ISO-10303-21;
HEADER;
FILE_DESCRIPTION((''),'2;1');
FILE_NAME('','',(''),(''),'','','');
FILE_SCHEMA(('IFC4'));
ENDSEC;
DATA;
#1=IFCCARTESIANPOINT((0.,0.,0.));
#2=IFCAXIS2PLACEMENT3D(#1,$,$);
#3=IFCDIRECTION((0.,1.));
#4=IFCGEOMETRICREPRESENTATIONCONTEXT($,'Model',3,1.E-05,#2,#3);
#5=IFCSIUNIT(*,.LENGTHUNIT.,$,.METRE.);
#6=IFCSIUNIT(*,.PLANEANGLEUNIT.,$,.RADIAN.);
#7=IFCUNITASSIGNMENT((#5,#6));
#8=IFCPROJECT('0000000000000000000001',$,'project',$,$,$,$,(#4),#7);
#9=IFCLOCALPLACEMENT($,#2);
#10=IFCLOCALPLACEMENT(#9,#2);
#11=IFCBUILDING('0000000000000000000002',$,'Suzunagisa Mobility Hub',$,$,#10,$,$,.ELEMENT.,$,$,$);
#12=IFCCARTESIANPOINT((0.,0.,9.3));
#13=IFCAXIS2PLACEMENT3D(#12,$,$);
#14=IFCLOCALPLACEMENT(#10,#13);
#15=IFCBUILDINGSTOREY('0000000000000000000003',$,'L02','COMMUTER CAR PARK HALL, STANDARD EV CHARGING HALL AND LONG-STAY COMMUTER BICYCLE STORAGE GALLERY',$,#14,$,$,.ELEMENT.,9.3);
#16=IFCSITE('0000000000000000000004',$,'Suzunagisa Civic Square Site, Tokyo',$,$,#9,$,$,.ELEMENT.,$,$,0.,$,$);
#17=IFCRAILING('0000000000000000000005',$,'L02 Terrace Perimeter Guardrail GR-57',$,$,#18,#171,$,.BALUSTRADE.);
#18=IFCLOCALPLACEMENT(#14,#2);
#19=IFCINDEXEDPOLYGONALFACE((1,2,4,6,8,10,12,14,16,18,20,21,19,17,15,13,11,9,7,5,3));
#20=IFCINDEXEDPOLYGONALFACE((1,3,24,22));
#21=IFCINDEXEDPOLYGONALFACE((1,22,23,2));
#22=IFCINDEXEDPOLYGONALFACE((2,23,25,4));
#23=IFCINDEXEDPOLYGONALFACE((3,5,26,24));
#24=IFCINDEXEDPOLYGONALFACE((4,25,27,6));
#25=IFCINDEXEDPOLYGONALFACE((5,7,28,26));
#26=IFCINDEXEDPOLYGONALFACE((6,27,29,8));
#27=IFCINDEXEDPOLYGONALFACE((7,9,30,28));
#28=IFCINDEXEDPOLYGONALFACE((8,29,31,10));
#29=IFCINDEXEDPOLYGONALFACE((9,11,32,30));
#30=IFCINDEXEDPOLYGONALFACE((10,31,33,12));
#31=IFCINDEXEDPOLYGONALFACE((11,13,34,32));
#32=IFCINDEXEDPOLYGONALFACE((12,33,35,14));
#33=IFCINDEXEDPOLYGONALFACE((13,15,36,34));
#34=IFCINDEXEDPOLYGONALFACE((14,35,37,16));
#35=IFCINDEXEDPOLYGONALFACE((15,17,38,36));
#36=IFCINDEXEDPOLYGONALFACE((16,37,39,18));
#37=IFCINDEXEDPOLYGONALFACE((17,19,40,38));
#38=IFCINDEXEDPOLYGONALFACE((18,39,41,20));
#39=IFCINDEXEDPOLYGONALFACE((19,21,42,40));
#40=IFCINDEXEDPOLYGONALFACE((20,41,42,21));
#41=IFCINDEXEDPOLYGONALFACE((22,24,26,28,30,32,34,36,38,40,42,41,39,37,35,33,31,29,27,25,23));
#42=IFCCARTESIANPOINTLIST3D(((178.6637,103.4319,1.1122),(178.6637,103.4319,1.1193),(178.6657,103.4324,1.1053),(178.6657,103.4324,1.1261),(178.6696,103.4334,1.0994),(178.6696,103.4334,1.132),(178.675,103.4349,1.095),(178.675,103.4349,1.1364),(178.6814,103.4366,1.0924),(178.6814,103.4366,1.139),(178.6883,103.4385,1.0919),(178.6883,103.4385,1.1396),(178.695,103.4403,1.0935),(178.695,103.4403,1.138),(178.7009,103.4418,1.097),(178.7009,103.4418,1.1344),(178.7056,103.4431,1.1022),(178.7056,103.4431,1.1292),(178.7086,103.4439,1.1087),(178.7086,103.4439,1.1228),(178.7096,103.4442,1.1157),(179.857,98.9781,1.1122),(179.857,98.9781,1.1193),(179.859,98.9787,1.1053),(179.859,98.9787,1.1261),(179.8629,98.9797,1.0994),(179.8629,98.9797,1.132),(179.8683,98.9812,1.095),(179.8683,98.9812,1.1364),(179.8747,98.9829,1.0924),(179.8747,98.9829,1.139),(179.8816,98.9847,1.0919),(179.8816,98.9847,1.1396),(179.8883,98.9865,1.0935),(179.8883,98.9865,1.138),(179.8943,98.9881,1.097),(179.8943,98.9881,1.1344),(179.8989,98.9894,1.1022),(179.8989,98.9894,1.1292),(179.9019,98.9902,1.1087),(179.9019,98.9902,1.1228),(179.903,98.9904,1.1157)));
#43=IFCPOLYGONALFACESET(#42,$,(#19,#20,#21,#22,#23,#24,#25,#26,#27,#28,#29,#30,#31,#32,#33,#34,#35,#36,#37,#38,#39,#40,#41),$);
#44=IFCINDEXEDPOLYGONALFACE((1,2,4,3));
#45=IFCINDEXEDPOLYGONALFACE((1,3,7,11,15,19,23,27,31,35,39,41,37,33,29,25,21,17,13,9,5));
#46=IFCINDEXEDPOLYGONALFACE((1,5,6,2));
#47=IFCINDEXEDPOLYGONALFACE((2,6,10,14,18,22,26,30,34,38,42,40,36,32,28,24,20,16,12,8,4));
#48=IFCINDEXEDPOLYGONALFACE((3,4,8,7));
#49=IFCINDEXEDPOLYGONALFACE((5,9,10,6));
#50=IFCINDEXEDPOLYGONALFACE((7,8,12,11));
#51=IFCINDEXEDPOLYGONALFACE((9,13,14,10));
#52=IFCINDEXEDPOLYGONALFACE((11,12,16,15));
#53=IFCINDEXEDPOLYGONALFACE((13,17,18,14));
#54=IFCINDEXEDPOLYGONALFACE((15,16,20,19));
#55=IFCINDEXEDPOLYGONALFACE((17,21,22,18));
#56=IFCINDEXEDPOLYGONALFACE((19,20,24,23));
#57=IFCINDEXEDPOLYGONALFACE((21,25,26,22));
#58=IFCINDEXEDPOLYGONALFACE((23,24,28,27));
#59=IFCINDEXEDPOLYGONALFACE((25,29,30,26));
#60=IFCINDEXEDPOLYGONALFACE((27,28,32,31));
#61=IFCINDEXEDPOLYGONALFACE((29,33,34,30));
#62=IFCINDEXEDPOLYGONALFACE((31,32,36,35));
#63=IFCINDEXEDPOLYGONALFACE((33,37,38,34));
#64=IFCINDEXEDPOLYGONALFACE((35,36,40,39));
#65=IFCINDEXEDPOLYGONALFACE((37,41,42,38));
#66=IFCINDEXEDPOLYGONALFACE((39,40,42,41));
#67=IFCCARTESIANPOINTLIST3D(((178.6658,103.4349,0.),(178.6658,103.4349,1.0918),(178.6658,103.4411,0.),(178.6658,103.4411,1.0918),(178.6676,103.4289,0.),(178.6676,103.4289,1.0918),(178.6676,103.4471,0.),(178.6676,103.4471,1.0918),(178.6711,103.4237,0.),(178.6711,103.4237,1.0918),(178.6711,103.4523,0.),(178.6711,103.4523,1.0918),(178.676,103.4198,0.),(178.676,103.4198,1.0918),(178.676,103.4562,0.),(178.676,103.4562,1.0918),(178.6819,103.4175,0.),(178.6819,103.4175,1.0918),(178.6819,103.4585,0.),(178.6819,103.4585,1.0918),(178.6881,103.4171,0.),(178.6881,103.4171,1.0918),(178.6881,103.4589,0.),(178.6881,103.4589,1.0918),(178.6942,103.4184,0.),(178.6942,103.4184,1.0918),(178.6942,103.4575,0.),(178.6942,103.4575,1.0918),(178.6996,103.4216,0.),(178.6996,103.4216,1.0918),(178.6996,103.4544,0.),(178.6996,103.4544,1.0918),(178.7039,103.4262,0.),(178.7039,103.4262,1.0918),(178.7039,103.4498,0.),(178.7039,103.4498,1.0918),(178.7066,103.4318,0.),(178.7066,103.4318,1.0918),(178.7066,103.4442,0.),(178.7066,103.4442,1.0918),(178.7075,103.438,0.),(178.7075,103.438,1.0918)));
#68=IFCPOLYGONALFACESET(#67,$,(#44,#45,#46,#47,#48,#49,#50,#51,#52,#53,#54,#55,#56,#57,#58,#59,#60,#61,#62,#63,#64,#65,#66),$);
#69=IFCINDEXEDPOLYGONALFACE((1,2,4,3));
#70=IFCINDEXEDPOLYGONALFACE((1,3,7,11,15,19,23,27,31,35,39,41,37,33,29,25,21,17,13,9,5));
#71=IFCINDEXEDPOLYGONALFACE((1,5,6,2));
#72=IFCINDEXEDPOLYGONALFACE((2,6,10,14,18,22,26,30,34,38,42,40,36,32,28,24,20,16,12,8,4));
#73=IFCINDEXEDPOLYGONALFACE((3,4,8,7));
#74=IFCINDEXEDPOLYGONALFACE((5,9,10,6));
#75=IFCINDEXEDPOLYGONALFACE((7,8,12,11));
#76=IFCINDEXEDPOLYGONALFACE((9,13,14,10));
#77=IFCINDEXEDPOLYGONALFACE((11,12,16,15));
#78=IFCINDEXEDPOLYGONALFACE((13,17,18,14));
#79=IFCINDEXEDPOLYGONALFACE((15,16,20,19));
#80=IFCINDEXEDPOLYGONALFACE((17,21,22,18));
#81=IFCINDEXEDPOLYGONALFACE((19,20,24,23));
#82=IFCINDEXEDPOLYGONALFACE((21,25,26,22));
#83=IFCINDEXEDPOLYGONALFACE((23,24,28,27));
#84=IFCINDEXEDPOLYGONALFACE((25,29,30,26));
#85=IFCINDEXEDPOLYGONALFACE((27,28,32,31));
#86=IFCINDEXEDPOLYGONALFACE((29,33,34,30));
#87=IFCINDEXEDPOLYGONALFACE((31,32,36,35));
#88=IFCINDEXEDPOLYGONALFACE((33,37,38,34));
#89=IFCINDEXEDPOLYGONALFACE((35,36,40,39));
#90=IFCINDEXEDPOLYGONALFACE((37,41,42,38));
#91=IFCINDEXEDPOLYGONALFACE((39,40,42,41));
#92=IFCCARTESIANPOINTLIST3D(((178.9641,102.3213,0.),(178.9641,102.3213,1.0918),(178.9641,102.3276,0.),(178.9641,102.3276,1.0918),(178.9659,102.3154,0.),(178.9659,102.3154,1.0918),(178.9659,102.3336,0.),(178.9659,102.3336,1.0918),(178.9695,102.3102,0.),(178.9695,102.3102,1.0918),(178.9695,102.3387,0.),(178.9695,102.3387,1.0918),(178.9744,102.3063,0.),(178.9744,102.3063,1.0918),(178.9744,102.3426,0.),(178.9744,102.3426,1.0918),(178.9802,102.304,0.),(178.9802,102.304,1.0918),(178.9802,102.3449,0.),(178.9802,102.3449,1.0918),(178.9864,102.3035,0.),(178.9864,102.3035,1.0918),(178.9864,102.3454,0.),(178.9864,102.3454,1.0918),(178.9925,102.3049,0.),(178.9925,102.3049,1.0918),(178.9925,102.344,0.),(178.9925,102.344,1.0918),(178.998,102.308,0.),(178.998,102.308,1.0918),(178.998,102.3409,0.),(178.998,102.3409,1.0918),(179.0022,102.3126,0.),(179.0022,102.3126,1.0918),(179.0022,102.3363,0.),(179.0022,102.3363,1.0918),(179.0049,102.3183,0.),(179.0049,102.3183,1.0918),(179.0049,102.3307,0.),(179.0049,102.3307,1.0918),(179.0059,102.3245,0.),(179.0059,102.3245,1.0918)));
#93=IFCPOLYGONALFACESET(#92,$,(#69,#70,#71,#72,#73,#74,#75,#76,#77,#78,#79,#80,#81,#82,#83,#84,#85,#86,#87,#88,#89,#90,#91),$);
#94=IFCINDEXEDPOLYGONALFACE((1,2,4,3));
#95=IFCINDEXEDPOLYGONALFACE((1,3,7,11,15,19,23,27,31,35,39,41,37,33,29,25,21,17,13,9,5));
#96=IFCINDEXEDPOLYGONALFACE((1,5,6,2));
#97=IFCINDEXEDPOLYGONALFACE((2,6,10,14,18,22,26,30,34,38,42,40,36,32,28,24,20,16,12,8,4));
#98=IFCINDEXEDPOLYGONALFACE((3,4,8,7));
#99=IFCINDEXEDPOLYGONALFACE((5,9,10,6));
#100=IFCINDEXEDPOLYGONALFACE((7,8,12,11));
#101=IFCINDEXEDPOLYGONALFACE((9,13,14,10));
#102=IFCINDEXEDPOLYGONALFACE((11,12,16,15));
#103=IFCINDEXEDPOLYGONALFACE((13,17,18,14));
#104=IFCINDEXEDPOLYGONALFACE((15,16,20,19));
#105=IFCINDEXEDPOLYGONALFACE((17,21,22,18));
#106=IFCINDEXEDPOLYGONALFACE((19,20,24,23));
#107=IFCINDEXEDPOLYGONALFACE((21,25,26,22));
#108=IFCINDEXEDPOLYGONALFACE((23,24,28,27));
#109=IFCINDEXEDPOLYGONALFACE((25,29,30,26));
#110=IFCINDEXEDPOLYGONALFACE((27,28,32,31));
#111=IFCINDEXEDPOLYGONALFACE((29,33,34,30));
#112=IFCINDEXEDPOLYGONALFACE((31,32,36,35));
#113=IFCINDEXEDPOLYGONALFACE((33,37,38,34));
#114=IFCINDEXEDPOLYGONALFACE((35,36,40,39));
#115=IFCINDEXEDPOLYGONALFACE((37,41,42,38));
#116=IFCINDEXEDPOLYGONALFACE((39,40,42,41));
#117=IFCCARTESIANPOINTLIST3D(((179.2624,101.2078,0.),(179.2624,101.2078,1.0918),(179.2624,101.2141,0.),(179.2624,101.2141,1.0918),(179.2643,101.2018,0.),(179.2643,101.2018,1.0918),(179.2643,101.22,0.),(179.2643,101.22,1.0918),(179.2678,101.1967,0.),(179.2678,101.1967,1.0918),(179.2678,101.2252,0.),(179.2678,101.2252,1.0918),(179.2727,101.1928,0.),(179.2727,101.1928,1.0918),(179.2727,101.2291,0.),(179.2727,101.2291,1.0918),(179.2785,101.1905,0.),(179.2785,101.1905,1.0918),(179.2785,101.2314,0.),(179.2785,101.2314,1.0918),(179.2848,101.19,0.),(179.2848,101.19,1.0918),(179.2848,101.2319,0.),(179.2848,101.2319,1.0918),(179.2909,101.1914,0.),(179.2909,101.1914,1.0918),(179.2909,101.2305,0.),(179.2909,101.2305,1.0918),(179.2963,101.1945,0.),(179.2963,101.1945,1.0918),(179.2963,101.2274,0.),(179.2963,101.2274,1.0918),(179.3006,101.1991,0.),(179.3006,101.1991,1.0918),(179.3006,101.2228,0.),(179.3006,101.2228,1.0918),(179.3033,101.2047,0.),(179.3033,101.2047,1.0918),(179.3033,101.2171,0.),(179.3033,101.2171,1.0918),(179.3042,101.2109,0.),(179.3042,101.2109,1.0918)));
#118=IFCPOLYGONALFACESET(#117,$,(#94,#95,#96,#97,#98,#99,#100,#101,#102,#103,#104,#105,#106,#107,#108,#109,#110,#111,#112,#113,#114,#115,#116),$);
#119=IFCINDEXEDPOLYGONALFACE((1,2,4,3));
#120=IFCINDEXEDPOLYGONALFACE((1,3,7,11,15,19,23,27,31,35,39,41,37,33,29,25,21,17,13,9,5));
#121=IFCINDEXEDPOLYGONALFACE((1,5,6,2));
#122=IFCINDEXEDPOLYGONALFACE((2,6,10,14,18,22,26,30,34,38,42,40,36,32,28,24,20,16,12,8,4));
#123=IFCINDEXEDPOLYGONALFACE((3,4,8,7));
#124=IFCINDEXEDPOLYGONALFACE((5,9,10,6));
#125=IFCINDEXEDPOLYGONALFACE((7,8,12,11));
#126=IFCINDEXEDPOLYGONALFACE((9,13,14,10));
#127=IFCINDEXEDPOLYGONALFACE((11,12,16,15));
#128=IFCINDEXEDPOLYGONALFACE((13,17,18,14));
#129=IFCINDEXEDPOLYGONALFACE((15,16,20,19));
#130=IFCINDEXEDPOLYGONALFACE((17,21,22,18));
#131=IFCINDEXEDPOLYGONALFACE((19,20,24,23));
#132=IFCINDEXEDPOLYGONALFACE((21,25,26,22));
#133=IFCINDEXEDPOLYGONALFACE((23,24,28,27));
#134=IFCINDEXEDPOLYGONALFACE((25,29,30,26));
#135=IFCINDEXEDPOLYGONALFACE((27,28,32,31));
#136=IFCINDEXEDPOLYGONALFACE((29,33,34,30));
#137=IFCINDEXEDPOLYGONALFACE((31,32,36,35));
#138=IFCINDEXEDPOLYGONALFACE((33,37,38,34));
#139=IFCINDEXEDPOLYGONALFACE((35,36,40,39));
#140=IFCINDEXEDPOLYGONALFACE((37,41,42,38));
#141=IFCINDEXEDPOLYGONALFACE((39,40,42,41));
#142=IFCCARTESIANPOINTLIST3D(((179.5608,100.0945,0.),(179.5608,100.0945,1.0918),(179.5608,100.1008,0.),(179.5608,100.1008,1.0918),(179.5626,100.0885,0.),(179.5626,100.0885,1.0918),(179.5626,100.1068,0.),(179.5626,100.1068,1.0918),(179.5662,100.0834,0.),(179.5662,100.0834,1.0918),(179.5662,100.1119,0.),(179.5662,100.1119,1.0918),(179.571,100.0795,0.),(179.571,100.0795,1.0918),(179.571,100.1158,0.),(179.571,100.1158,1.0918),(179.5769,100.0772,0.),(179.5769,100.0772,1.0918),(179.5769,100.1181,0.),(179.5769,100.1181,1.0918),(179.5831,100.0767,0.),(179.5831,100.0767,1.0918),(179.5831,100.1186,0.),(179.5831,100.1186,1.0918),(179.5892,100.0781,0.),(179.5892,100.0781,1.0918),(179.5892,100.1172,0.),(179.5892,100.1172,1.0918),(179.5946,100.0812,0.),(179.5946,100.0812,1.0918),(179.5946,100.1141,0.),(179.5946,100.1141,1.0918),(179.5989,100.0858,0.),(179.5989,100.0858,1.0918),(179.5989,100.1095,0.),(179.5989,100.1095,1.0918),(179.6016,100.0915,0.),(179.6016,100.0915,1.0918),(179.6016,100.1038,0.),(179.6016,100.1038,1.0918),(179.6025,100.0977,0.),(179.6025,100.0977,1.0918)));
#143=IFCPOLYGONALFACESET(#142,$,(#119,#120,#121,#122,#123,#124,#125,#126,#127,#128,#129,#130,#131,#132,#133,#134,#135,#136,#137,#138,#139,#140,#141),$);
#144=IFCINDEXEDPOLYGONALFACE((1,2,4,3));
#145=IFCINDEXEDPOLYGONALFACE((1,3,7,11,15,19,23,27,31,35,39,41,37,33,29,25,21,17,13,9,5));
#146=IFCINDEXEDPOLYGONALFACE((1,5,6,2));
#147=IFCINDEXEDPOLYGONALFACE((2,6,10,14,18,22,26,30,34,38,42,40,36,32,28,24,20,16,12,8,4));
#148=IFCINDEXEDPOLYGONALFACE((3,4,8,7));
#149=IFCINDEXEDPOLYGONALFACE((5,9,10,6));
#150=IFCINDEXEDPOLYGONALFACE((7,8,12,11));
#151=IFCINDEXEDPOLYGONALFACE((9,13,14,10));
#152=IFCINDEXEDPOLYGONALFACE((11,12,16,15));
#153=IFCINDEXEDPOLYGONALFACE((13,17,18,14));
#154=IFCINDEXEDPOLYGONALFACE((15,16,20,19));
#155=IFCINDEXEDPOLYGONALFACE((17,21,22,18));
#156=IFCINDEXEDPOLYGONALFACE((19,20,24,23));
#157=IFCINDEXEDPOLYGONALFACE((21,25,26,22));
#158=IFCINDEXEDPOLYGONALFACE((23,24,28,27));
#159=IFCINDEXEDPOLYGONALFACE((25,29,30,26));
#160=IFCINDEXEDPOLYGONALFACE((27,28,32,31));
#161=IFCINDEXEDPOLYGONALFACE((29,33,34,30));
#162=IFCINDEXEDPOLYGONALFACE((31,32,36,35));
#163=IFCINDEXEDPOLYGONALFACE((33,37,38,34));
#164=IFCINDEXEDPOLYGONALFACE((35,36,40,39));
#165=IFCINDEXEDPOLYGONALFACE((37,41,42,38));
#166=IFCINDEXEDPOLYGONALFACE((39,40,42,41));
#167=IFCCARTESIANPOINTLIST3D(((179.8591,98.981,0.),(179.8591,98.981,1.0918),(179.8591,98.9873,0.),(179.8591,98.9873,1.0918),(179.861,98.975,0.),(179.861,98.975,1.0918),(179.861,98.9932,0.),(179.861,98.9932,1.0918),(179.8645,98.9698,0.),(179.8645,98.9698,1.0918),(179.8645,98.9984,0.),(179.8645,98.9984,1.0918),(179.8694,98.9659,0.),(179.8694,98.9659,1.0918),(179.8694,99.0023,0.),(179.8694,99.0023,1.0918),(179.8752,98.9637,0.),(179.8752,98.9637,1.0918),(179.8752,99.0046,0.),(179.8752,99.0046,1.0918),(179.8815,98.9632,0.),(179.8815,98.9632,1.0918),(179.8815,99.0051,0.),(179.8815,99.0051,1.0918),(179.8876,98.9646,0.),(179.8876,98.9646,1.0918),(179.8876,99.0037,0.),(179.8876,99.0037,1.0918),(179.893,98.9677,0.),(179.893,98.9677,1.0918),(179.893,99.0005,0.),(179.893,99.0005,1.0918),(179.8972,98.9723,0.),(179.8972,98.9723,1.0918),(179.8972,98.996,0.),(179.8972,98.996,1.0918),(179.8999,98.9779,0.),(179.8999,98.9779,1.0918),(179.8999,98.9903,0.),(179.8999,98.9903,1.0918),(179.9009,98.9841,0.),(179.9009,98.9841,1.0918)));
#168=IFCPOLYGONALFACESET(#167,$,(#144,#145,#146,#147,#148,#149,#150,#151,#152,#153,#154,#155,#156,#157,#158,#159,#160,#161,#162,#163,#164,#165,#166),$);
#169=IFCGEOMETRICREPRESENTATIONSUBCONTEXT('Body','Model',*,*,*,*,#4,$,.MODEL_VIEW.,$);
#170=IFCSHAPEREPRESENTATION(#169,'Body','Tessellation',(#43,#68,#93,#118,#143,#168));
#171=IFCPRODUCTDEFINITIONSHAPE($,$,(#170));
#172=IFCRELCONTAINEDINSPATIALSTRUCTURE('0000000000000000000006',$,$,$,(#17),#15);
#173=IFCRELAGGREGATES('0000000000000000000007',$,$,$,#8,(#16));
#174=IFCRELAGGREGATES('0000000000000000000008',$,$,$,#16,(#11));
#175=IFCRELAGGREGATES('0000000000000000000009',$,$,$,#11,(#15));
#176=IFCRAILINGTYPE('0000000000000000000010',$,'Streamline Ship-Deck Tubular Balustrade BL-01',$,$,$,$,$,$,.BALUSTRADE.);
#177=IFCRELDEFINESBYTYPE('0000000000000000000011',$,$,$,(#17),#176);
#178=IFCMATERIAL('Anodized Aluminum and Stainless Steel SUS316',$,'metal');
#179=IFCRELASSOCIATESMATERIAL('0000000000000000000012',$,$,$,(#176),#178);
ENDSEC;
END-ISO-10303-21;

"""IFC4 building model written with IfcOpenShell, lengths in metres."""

from ifc_helpers import new_model, si_unit, direction, frame, origin, origin_2d, place, context, subcontext, project, spatial, circle, extrude, material, type_object, element, save


model = new_model("IFC4")

# Units and contexts
model_context = context("Model", 3, precision=1e-05, world=origin(), true_north=direction((0.0, 1.0)))
body_context = subcontext(model_context, "Body", "Model", "MODEL_VIEW")
ifc_project = project(units=[si_unit("LENGTHUNIT", "METRE"), si_unit("PLANEANGLEUNIT", "RADIAN")], contexts=[model_context])

# Site, building, storey
site_placement = place(None, origin())
site = spatial("IfcSite", under=ifc_project, at=site_placement, Name="Suzunagisa Civic Square Site, Tokyo", CompositionType="ELEMENT", RefElevation=0.0)
building_placement = place(site_placement, origin())
building = spatial("IfcBuilding", under=site, at=building_placement, Name="Suzunagisa Mobility Hub", CompositionType="ELEMENT")
storey_placement = place(building_placement, frame((0.0, 0.0, 9.3)))
storey = spatial("IfcBuildingStorey", under=building, at=storey_placement, Name="L02", Description="COMMUTER CAR PARK HALL, STANDARD EV CHARGING HALL AND LONG-STAY COMMUTER BICYCLE STORAGE GALLERY", CompositionType="ELEMENT", Elevation=9.3)

# Railing
ifc_material_1 = material(Name="Anodized Aluminum and Stainless Steel SUS316", Category="metal")
railing_type = type_object("IfcRailingType", Name="Streamline Ship-Deck Tubular Balustrade BL-01", PredefinedType="BALUSTRADE", material=ifc_material_1)
railing_1_placement = place(storey_placement, frame((178.6865, 103.438, 0.0)))
element("IfcRailing", 1, at=railing_1_placement, inside=storey, type_object=railing_type, Name="L02 Terrace Perimeter Guardrail GR-57", PredefinedType="BALUSTRADE", context=body_context, shape_type="SweptSolid", body=[
    extrude(circle(Radius=0.0239, at=origin_2d()), frame((0.0, 0.0, 1.1157), z_axis=(0.258809, -0.965928, 0.0), x_axis=(0.965928, 0.258809, 0.0)), (0.0, 0.0, 1.0), 4.6108),
    extrude(circle(Radius=0.021, at=origin_2d()), origin(), (0.0, 0.0, 1.0), 1.0918),
    extrude(circle(Radius=0.021, at=origin_2d()), frame((0.2983, -1.1135, 0.0)), (0.0, 0.0, 1.0), 1.0918),
    extrude(circle(Radius=0.021, at=origin_2d()), frame((0.5967, -2.2271, 0.0)), (0.0, 0.0, 1.0), 1.0918),
    extrude(circle(Radius=0.021, at=origin_2d()), frame((0.895, -3.3403, 0.0)), (0.0, 0.0, 1.0), 1.0918),
    extrude(circle(Radius=0.021, at=origin_2d()), frame((1.1934, -4.4539, 0.0)), (0.0, 0.0, 1.0), 1.0918),
])

save(model, "model.ifc")
